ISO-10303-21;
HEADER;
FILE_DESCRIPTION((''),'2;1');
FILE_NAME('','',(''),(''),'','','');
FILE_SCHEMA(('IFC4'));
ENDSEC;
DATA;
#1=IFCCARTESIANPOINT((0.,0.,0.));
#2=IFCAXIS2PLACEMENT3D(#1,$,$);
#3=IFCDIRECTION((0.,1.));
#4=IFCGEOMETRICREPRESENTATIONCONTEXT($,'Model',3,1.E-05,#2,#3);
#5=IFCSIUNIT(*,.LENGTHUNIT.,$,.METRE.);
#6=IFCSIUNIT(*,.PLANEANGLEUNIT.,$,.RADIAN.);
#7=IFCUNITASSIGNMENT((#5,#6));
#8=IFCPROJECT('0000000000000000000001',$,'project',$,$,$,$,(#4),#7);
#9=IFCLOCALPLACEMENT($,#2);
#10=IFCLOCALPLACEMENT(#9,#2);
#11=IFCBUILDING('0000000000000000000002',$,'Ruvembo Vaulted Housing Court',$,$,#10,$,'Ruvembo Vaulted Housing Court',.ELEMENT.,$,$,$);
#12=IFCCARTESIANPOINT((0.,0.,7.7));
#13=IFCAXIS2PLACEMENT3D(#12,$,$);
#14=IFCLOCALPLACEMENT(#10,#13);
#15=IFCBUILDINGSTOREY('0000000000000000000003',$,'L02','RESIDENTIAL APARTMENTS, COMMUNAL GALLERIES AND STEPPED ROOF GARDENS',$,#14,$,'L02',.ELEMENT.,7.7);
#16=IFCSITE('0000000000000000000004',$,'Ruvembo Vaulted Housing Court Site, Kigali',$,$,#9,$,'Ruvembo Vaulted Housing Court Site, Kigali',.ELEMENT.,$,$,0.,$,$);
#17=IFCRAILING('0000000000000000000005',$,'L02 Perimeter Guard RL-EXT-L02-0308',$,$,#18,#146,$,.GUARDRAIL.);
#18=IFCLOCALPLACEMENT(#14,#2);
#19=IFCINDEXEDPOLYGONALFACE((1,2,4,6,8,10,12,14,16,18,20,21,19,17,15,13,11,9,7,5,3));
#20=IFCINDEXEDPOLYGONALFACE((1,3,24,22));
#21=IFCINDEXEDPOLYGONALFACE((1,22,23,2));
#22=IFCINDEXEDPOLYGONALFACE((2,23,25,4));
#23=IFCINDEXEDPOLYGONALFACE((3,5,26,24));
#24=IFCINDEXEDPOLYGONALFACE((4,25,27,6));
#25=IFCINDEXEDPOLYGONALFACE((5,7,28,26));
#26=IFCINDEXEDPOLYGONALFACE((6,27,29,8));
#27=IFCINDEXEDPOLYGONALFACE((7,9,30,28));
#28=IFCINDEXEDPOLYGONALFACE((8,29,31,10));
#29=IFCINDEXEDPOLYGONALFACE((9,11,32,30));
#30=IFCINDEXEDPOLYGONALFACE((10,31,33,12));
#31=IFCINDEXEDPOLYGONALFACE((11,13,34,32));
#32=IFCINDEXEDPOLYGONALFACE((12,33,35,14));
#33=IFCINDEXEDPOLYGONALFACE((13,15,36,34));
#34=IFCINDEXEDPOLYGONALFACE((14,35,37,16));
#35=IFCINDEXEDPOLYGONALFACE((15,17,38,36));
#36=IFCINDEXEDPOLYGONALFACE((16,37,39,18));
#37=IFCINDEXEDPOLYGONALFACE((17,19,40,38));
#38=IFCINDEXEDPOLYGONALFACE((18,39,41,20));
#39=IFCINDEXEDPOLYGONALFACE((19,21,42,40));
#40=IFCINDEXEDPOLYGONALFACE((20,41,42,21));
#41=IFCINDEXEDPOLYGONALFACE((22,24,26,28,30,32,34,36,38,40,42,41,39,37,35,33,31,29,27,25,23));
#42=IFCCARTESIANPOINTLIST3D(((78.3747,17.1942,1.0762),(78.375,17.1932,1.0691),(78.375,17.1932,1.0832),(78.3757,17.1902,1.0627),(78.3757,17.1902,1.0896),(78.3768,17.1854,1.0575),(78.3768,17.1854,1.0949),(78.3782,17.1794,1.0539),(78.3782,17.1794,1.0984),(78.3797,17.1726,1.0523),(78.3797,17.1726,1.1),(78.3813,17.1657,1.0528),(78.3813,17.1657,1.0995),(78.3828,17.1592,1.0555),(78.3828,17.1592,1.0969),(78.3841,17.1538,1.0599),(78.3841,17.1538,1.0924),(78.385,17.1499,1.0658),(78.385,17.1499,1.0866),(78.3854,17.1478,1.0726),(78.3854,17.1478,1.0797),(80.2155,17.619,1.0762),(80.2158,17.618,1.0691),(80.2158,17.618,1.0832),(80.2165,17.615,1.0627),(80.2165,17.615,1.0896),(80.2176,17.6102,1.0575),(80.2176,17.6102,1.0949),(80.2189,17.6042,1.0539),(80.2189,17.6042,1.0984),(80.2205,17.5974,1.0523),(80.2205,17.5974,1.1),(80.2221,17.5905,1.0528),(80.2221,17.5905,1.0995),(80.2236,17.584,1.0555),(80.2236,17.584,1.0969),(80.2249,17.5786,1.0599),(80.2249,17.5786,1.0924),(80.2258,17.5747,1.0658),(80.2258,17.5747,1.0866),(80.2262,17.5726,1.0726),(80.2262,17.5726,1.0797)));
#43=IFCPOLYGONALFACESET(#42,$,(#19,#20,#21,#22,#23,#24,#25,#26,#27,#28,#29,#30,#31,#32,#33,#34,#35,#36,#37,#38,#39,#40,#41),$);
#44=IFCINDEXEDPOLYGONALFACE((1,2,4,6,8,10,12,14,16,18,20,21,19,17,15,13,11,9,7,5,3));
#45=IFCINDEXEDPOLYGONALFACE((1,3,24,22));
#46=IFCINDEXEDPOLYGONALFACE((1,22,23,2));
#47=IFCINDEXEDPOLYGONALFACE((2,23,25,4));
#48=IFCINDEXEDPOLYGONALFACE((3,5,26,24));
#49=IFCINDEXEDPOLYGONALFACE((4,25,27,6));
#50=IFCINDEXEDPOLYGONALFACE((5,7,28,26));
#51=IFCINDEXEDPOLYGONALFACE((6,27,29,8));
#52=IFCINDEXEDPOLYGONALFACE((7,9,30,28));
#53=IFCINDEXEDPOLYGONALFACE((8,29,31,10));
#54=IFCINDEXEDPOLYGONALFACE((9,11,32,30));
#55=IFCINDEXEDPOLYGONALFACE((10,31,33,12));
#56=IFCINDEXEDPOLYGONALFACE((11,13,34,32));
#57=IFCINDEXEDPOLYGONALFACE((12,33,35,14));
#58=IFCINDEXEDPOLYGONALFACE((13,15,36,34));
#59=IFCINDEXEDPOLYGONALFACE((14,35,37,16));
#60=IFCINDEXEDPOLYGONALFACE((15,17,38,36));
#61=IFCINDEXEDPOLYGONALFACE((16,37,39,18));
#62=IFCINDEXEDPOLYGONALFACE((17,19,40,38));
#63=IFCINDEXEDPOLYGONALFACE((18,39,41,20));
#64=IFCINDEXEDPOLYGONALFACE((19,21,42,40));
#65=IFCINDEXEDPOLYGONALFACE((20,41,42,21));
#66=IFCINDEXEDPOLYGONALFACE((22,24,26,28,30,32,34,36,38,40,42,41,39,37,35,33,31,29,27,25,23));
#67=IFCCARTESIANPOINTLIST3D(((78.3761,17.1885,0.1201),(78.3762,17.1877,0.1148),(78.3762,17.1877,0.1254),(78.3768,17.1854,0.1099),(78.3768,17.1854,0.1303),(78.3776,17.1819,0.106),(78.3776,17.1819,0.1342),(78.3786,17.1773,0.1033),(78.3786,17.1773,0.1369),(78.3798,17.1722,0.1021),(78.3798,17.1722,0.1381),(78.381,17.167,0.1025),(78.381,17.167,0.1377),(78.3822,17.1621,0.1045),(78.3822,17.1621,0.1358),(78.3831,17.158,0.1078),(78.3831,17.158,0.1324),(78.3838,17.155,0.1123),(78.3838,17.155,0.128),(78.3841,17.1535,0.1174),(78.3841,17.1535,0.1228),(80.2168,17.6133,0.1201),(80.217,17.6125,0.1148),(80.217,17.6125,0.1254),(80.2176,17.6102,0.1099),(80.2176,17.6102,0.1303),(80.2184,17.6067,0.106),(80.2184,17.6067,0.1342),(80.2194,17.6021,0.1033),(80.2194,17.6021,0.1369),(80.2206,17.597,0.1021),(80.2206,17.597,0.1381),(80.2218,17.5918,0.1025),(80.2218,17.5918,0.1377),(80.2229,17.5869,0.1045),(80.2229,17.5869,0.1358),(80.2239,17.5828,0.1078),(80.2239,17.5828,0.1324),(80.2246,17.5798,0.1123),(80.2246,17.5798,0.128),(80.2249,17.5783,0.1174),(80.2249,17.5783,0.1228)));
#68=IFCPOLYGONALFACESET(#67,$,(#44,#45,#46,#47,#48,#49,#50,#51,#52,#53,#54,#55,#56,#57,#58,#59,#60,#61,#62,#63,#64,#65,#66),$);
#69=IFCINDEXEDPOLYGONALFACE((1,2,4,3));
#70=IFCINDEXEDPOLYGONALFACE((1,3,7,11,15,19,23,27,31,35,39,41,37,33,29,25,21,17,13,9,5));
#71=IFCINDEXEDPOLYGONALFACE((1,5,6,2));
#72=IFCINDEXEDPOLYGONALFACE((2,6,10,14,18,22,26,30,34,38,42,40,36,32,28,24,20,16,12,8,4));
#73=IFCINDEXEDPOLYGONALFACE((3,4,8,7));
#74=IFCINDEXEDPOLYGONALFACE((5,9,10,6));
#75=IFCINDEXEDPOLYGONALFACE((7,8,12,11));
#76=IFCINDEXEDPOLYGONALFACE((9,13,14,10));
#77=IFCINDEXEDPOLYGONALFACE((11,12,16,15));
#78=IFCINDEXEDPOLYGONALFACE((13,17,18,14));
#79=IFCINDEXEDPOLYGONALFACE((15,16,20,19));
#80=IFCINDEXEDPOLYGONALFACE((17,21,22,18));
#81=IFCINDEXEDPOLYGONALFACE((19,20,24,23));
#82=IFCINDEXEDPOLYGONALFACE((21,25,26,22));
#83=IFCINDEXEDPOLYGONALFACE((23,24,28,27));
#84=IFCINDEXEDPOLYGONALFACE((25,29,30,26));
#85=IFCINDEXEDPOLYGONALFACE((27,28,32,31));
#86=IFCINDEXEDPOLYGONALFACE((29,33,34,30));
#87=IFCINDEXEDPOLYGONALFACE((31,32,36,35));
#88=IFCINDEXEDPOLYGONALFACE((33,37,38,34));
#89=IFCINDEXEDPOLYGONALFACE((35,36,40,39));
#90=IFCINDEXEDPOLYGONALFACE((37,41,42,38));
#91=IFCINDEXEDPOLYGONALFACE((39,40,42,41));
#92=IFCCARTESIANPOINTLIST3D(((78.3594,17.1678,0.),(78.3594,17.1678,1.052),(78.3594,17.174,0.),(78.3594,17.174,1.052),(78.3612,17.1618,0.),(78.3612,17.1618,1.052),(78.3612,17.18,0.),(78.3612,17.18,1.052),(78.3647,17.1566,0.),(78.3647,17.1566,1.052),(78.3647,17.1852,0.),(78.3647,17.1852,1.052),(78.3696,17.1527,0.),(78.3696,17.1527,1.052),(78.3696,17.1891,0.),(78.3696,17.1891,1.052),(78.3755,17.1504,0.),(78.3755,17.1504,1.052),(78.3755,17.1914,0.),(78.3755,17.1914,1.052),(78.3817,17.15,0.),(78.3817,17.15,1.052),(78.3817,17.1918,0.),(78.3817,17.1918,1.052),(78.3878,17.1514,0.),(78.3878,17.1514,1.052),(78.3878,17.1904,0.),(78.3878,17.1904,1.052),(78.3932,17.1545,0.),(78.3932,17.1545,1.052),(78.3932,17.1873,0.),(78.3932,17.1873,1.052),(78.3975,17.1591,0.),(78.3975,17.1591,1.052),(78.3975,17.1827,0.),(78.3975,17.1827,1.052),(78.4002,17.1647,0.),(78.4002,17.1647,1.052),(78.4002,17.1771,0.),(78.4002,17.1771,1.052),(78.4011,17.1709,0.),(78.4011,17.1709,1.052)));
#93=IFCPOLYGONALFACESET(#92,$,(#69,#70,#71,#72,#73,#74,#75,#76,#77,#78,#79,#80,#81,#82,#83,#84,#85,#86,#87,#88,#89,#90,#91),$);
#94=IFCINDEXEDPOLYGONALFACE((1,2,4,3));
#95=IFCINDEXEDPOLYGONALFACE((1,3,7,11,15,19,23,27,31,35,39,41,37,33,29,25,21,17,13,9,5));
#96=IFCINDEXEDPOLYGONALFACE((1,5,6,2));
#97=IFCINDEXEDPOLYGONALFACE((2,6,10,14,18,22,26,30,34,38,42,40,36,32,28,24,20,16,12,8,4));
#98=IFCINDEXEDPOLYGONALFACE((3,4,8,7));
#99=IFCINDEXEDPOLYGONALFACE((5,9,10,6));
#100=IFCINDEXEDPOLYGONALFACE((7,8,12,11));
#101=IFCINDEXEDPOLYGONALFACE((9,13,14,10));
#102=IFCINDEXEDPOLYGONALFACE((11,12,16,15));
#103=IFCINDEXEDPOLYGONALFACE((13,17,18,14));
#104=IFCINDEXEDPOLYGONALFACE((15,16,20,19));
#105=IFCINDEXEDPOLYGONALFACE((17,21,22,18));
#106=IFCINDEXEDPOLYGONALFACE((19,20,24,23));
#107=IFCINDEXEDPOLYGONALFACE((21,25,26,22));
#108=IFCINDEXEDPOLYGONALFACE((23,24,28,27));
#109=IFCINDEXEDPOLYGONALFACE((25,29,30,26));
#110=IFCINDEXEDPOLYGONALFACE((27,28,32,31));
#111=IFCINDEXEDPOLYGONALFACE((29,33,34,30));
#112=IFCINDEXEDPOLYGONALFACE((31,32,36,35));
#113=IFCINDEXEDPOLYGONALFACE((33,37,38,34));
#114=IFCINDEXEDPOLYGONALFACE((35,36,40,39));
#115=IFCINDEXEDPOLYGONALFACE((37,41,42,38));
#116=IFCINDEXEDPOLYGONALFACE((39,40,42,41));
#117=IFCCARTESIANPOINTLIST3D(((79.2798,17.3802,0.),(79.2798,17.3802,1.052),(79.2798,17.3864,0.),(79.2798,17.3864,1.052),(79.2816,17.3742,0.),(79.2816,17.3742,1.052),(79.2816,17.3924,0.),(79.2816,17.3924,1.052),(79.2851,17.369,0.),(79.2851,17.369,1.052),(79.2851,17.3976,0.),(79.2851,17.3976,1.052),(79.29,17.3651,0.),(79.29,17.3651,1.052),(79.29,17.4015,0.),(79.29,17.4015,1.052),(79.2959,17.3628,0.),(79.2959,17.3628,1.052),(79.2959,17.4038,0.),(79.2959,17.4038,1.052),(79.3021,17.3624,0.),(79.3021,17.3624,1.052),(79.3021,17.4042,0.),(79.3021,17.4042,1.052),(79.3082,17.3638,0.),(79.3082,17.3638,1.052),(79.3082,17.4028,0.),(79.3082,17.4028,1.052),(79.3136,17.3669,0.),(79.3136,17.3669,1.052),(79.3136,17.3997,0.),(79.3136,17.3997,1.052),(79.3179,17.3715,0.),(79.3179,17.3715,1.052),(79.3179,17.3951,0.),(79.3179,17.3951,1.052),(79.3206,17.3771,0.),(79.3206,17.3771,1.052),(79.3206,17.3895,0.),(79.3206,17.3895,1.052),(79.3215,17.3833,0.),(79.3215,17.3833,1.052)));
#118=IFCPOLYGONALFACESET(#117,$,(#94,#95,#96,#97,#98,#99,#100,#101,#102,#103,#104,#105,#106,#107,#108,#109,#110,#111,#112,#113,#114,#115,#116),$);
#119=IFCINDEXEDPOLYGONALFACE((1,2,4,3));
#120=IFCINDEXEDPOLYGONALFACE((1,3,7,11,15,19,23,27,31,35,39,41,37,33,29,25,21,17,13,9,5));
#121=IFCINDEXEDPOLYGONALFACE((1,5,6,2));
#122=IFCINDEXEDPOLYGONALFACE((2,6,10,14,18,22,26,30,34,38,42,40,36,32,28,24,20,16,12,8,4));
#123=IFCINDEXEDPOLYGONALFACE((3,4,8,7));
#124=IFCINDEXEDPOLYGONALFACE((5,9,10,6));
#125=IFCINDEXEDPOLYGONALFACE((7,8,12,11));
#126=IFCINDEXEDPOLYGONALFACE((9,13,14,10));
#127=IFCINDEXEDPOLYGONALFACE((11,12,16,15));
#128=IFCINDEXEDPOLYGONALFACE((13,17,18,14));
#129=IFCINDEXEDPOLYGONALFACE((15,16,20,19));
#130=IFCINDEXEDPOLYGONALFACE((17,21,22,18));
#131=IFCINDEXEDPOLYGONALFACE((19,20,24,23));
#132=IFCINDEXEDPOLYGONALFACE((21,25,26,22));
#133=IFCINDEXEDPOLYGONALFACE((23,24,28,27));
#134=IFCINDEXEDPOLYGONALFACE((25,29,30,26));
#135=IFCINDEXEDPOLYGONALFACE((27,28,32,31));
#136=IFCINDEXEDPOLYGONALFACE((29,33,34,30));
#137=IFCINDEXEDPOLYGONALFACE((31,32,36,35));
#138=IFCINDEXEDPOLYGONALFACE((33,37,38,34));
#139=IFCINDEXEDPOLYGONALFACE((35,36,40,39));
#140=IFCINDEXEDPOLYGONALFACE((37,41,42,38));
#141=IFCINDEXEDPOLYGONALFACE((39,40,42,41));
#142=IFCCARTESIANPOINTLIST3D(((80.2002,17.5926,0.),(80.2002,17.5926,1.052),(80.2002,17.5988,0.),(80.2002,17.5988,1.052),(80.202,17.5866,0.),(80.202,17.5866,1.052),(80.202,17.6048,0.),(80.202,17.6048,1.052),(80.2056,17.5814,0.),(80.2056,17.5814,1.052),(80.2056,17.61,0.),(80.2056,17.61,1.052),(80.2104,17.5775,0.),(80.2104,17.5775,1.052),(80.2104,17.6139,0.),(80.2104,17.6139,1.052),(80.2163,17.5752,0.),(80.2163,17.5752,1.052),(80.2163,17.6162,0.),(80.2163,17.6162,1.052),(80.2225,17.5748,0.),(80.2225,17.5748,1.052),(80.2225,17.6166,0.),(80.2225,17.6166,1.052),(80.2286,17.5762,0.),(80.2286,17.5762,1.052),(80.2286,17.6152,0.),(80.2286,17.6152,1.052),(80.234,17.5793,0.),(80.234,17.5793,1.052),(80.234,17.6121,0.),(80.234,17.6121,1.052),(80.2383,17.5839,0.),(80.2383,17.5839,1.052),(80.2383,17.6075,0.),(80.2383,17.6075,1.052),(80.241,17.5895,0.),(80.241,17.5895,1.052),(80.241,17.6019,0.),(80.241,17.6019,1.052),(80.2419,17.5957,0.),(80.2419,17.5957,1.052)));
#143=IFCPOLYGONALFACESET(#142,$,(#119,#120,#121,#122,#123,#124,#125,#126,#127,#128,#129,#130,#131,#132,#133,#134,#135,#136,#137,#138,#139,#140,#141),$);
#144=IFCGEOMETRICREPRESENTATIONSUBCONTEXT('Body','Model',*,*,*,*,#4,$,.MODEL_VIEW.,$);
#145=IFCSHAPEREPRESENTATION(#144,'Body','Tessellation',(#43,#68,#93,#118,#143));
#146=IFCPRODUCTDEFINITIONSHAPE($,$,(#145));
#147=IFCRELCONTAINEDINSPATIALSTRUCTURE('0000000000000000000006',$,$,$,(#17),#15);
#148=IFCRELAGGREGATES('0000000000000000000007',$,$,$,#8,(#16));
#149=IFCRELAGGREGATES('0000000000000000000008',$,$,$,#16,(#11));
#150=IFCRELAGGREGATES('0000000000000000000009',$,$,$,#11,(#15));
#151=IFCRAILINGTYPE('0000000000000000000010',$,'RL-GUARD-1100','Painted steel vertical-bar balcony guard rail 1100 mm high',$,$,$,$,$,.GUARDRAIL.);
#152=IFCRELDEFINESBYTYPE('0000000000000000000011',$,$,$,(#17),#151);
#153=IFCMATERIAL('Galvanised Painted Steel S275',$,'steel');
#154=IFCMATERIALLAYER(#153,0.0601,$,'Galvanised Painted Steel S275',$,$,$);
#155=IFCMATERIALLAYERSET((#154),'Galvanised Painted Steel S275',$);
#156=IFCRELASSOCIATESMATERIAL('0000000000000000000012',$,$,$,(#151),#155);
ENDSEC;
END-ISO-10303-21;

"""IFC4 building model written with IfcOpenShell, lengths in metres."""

from ifc_helpers import new_model, si_unit, direction, frame, origin, origin_2d, place, context, subcontext, project, spatial, circle, extrude, material, layer, layer_set, type_object, element, save


model = new_model("IFC4")

# Units and contexts
model_context = context("Model", 3, precision=1e-05, world=origin(), true_north=direction((0.0, 1.0)))
body_context = subcontext(model_context, "Body", "Model", "MODEL_VIEW")
ifc_project = project(units=[si_unit("LENGTHUNIT", "METRE"), si_unit("PLANEANGLEUNIT", "RADIAN")], contexts=[model_context])

# Site, building, storey
site_placement = place(None, origin())
site = spatial("IfcSite", under=ifc_project, at=site_placement, Name="Ruvembo Vaulted Housing Court Site, Kigali", LongName="Ruvembo Vaulted Housing Court Site, Kigali", CompositionType="ELEMENT", RefElevation=0.0)
building_placement = place(site_placement, origin())
building = spatial("IfcBuilding", under=site, at=building_placement, Name="Ruvembo Vaulted Housing Court", LongName="Ruvembo Vaulted Housing Court", CompositionType="ELEMENT")
storey_placement = place(building_placement, frame((0.0, 0.0, 7.7)))
storey = spatial("IfcBuildingStorey", under=building, at=storey_placement, Name="L02", Description="RESIDENTIAL APARTMENTS, COMMUNAL GALLERIES AND STEPPED ROOF GARDENS", LongName="L02", CompositionType="ELEMENT", Elevation=7.7)

# Railing
ifc_material_1 = material(Name="Galvanised Painted Steel S275", Category="steel")
ifc_layer = layer(ifc_material_1, 0.0601, Name="Galvanised Painted Steel S275")
ifc_layer_set = layer_set([ifc_layer], Name="Galvanised Painted Steel S275")
railing_type = type_object("IfcRailingType", Name="RL-GUARD-1100", Description="Painted steel vertical-bar balcony guard rail 1100 mm high", PredefinedType="GUARDRAIL", material=ifc_layer_set)
railing_1_placement = place(storey_placement, frame((78.3801, 17.1709, 0.0)))
element("IfcRailing", 1, at=railing_1_placement, inside=storey, type_object=railing_type, Name="L02 Perimeter Guard RL-EXT-L02-0308", PredefinedType="GUARDRAIL", context=body_context, shape_type="SweptSolid", body=[
    extrude(circle(Radius=0.0239, at=origin_2d()), frame((0.0, 0.0, 1.0762), z_axis=(0.974391, 0.22486, 0.0), x_axis=(-0.22486, 0.974391, 0.0)), (0.0, 0.0, 1.0), 1.8892),
    extrude(circle(Radius=0.0181, at=origin_2d()), frame((0.0, 0.0, 0.1201), z_axis=(0.974391, 0.22486, 0.0), x_axis=(-0.22486, 0.974391, 0.0)), (0.0, 0.0, 1.0), 1.8892),
    extrude(circle(Radius=0.021, at=origin_2d()), origin(), (0.0, 0.0, 1.0), 1.052),
    extrude(circle(Radius=0.021, at=origin_2d()), frame((0.9204, 0.2124, 0.0)), (0.0, 0.0, 1.0), 1.052),
    extrude(circle(Radius=0.021, at=origin_2d()), frame((1.8408, 0.4248, 0.0)), (0.0, 0.0, 1.0), 1.052),
])

save(model, "model.ifc")
